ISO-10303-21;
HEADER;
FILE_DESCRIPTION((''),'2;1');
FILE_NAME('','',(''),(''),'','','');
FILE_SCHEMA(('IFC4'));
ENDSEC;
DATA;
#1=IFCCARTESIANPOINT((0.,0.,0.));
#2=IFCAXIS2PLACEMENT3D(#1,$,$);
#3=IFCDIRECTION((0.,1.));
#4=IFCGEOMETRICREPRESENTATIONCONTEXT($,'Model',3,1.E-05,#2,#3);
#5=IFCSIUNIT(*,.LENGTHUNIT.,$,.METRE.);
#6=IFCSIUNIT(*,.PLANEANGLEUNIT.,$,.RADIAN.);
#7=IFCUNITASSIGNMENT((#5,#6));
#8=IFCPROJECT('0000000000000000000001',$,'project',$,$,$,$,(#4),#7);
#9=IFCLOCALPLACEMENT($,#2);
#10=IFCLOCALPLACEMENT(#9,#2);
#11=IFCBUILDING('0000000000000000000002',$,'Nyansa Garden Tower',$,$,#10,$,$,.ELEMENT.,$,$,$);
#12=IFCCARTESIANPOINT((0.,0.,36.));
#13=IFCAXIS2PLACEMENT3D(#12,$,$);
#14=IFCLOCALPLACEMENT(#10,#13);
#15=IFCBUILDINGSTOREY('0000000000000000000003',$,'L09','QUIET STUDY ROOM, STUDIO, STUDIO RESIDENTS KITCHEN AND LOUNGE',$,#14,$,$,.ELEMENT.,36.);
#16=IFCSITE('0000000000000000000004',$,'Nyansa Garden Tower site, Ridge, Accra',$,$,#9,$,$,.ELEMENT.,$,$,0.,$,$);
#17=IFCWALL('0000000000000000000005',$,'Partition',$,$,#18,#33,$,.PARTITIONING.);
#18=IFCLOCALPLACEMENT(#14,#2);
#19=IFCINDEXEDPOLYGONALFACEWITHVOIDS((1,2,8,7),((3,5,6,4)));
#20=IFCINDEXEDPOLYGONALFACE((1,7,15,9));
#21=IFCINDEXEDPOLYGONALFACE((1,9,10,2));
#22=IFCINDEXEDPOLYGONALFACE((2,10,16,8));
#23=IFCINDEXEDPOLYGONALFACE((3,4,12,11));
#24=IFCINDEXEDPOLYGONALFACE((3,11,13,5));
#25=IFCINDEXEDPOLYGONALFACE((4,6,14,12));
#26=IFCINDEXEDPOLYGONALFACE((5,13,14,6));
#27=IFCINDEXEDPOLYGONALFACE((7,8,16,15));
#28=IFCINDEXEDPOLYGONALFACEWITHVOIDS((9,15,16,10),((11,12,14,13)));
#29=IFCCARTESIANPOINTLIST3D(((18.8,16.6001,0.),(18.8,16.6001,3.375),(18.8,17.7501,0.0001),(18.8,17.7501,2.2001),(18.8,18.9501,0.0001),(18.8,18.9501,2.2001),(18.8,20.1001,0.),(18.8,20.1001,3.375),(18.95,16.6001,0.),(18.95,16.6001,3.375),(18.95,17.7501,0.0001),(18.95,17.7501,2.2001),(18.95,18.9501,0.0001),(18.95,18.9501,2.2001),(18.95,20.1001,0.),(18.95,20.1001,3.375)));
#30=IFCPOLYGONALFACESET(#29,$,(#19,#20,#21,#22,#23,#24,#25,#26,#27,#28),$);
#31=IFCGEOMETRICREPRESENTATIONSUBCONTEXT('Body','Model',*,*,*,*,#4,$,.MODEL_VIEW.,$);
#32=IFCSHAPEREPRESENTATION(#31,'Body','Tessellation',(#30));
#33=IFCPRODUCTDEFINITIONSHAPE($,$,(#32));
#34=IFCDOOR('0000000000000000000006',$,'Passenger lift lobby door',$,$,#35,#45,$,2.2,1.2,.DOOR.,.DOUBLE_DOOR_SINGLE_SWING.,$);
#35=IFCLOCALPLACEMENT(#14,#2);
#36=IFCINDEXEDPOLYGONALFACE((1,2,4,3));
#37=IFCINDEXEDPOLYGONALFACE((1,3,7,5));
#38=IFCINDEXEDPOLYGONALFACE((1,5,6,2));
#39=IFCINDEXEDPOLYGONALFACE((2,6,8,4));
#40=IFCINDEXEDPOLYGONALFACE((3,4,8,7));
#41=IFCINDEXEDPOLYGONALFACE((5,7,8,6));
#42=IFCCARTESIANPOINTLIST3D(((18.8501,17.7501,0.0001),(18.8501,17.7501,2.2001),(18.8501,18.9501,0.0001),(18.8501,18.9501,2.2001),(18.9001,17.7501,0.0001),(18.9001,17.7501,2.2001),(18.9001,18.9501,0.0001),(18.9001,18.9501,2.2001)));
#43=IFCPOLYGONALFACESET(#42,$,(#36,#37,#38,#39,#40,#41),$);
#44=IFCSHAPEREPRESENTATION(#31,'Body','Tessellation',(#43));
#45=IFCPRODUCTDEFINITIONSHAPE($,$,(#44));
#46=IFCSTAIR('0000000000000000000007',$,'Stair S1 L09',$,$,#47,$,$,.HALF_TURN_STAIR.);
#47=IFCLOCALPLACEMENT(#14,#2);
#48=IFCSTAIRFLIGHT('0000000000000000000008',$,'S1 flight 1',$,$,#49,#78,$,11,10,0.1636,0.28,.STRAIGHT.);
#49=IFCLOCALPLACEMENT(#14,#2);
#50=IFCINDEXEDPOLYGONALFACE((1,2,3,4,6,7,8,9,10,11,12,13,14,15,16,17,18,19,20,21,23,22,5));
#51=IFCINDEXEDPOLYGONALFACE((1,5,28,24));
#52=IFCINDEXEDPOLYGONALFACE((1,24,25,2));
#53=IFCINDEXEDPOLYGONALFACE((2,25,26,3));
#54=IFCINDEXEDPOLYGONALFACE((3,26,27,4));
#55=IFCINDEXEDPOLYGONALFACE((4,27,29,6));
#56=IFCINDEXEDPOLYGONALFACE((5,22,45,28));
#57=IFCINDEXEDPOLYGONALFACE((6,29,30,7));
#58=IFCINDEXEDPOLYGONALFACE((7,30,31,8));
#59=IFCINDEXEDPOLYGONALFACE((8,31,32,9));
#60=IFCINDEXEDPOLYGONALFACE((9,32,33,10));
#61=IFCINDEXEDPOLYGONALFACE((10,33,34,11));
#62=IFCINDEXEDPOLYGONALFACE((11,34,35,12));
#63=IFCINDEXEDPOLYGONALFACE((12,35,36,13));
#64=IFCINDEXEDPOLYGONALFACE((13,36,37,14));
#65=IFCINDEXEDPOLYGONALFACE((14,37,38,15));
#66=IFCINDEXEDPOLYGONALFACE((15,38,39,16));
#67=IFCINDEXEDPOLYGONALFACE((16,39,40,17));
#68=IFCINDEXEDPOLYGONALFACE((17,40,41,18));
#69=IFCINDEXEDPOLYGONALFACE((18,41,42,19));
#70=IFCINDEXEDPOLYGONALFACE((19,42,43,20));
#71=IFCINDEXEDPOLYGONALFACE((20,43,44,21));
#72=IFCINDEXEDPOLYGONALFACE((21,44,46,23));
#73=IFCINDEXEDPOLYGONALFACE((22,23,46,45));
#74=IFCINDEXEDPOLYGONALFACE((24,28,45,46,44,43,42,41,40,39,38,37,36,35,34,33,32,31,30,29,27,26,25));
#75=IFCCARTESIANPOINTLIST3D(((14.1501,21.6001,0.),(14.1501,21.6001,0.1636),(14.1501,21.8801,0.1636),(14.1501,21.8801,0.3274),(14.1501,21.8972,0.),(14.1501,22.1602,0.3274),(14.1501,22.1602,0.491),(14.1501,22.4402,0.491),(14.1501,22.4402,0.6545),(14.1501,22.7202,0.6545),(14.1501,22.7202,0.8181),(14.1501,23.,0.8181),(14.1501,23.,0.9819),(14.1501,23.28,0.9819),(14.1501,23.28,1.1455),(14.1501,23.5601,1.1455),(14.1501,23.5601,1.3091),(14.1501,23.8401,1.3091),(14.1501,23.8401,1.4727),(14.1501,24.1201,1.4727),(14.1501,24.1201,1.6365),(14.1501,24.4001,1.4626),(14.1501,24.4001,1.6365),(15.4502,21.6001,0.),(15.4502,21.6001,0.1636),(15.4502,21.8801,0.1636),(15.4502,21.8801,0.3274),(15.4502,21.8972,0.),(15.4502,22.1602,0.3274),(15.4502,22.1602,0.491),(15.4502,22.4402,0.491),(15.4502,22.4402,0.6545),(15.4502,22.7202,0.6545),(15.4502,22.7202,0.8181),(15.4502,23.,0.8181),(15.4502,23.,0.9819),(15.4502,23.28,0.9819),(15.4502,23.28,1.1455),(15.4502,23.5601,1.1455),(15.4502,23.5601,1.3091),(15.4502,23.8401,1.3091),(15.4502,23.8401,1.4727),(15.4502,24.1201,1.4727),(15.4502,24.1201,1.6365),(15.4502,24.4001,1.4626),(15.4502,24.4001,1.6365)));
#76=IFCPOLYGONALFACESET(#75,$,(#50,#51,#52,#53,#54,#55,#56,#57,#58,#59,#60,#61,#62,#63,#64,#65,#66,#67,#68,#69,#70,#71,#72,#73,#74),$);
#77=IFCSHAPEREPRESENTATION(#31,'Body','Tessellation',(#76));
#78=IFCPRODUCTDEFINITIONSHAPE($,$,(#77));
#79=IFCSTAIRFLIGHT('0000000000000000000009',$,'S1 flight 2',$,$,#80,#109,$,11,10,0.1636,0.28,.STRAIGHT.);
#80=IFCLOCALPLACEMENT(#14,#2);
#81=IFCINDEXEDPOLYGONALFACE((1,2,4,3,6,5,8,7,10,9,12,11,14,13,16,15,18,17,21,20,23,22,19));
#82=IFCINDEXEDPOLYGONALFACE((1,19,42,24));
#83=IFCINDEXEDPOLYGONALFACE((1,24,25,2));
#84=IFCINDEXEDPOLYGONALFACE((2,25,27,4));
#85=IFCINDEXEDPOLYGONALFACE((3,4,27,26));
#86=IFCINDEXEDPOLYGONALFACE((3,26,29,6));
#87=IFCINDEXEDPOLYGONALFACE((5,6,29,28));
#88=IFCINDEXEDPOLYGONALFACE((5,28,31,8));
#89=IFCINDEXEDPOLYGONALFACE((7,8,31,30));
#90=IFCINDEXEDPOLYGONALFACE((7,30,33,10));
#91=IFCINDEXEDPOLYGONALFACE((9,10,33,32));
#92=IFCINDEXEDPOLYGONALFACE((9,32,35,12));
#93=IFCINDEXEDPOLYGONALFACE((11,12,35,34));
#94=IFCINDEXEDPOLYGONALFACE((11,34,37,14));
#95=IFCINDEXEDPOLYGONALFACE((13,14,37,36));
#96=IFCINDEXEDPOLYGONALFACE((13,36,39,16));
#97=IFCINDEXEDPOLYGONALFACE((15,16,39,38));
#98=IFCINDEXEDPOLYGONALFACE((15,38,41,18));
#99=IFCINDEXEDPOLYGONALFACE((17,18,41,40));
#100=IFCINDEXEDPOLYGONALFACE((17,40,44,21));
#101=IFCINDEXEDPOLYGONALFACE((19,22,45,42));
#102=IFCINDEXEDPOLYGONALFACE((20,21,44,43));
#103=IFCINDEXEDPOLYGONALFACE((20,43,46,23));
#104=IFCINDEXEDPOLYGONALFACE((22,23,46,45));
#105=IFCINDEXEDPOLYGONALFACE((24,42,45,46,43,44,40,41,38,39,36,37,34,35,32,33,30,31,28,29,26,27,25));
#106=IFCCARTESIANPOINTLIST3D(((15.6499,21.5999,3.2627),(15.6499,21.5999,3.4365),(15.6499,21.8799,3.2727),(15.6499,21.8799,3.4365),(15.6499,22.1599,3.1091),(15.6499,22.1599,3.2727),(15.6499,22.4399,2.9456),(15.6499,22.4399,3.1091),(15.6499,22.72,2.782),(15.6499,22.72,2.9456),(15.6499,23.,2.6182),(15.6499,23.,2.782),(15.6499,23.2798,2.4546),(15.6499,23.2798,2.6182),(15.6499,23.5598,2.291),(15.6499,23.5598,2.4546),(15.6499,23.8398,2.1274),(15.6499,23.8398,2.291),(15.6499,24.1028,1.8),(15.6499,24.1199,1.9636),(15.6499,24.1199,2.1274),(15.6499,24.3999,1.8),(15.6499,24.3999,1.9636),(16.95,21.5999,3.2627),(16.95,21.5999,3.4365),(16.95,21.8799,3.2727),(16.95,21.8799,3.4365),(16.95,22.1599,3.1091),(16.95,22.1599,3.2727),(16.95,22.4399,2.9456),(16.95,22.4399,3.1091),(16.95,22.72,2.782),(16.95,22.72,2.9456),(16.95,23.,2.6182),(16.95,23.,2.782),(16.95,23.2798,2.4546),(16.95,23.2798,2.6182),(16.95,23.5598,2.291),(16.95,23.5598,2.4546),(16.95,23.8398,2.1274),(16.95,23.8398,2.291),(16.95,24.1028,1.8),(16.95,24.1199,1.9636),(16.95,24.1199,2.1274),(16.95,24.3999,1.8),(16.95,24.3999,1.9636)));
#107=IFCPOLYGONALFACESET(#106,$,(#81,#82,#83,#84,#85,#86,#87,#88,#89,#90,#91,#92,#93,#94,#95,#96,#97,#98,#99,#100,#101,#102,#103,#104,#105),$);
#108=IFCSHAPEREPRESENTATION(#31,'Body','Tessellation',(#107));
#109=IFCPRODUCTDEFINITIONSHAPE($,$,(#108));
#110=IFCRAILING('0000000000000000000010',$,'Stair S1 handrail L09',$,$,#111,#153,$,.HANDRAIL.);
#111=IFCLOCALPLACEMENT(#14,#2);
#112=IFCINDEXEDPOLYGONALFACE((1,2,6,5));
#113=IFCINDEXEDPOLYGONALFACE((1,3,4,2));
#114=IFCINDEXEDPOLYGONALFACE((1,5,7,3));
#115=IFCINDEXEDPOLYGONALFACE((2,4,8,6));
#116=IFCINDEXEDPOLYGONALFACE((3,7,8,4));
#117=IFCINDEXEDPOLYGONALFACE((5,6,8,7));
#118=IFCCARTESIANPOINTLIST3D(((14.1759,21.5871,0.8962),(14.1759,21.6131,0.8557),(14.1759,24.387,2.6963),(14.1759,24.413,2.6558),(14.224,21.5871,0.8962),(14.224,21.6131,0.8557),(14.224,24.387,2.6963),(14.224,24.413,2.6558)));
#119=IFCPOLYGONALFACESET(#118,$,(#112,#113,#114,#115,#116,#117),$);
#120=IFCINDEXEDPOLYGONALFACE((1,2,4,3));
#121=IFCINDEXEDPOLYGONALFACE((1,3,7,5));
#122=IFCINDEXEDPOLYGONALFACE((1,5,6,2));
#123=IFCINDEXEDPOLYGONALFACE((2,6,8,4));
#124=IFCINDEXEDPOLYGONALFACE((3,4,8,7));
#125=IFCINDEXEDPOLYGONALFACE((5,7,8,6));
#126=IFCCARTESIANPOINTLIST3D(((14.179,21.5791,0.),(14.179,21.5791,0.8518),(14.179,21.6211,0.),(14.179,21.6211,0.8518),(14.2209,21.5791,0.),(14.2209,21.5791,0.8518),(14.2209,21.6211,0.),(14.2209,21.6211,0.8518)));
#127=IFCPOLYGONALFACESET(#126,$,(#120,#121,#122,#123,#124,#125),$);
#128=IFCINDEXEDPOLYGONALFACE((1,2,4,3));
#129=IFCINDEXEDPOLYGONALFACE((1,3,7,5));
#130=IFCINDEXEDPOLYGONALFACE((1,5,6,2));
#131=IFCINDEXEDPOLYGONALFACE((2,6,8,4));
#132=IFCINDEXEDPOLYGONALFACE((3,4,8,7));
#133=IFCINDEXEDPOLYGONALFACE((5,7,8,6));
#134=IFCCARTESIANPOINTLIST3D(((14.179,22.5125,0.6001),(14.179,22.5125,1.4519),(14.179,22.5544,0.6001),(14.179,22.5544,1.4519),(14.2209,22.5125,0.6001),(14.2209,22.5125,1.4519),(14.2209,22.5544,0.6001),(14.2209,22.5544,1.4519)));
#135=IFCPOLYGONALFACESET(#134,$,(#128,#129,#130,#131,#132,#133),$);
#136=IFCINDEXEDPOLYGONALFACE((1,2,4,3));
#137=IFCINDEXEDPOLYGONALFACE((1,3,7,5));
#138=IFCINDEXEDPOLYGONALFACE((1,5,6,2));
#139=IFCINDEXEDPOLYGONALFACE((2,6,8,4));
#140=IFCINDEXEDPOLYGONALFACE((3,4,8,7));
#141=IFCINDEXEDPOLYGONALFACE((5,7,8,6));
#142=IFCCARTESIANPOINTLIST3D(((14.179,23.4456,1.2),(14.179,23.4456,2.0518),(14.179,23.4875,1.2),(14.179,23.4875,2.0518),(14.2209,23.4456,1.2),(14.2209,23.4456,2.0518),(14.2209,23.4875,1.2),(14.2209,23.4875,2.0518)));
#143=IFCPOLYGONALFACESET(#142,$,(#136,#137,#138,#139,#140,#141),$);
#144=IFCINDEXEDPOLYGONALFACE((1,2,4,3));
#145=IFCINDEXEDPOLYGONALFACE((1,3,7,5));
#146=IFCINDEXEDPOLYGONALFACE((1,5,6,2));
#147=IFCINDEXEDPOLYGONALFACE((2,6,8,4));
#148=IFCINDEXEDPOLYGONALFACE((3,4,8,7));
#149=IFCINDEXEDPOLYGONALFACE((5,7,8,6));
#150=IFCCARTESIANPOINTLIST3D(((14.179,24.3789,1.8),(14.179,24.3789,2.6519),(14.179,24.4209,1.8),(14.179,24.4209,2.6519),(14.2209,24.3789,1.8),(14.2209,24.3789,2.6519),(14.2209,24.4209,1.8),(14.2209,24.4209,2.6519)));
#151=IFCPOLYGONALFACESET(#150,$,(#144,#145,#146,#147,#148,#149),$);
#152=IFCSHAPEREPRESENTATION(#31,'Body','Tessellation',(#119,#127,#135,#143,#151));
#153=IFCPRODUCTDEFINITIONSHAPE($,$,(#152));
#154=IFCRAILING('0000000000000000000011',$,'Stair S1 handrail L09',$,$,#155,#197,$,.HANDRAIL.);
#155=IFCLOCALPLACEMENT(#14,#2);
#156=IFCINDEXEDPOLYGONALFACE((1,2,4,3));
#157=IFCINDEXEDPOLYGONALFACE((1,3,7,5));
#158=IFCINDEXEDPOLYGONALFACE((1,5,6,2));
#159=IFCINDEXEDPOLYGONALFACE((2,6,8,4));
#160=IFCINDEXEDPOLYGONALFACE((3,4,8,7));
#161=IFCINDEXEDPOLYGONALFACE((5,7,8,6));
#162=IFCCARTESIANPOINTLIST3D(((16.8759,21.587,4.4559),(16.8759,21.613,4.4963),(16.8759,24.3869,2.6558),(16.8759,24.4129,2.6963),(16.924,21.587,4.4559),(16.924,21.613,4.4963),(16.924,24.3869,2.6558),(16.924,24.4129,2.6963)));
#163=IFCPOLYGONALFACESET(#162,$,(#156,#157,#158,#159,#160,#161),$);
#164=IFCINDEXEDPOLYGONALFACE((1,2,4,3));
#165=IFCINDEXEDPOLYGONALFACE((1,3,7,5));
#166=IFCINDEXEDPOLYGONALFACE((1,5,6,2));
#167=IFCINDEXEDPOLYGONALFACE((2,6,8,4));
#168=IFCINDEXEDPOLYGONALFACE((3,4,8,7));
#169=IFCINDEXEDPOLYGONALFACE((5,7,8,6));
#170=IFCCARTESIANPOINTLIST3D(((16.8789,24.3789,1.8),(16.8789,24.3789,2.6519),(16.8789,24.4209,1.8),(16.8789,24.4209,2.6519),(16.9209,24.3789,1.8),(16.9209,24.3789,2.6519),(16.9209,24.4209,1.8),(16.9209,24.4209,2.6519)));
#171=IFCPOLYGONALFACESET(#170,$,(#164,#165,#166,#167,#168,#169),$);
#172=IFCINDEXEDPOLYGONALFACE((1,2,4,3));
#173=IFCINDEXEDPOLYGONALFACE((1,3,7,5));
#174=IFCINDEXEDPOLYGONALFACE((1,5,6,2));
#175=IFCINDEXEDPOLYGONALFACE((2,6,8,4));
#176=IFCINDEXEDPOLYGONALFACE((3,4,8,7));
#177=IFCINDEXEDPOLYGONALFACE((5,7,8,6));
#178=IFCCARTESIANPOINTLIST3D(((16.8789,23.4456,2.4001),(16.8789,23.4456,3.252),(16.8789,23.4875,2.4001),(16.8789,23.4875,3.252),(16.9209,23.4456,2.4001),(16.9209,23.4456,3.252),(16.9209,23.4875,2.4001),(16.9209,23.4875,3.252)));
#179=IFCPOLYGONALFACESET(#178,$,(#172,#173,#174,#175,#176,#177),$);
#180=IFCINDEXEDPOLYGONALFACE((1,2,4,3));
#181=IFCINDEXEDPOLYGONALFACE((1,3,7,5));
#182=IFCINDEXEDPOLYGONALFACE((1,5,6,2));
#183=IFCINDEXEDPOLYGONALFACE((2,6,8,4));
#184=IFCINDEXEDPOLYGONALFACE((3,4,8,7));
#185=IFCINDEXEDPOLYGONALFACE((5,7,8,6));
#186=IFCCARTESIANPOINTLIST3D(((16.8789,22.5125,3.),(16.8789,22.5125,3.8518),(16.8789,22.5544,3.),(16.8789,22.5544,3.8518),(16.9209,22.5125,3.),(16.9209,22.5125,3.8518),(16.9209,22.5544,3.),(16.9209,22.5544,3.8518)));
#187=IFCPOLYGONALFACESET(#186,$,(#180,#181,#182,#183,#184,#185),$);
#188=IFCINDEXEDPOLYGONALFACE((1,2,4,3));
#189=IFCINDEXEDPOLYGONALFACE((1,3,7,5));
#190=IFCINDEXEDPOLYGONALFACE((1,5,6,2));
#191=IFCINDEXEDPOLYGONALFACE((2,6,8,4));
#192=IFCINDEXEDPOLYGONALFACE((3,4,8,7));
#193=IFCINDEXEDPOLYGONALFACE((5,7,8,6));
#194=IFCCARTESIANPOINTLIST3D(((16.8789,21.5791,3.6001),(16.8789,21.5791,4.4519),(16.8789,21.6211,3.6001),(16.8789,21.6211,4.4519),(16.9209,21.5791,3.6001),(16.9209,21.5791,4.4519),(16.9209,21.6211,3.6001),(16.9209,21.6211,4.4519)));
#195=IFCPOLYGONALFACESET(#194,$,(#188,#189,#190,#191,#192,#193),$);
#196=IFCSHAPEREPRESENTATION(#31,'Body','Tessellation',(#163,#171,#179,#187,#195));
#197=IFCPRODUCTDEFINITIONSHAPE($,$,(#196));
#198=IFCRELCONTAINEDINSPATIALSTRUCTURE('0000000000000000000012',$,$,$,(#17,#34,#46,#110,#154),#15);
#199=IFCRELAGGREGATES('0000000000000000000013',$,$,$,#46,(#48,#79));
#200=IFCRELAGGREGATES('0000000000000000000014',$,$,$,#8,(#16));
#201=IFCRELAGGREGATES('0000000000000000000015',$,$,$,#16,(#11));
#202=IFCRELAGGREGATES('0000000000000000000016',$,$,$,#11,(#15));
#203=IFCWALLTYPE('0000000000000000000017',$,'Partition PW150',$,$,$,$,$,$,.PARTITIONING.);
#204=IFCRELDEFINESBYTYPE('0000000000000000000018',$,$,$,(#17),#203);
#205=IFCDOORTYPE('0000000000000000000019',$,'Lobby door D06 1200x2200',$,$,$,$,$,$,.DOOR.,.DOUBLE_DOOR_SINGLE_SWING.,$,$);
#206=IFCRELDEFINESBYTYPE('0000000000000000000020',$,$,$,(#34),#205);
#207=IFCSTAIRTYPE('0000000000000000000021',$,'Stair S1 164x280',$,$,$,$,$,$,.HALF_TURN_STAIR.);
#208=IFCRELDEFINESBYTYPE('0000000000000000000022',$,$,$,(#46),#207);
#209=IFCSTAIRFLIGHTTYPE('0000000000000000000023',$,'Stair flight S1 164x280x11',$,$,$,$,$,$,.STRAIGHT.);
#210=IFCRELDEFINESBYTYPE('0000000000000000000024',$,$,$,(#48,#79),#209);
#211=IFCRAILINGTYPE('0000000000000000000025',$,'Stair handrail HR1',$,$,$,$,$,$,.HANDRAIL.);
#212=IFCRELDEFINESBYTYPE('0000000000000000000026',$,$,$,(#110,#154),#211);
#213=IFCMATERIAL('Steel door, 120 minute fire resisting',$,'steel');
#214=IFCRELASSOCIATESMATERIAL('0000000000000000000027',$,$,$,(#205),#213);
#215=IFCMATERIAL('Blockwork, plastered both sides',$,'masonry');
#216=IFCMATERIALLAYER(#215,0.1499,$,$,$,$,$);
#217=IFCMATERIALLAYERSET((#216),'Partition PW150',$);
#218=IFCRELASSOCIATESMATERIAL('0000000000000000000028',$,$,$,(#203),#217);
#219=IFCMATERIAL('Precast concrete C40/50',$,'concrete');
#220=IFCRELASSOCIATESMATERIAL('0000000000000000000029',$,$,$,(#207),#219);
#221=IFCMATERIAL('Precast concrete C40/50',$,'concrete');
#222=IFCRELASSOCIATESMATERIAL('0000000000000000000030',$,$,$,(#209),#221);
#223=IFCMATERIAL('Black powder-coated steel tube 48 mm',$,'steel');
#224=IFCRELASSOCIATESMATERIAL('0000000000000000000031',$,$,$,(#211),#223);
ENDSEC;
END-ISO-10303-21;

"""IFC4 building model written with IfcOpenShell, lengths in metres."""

from ifc_helpers import new_model, si_unit, direction, frame, frame_2d, origin, origin_2d, place, context, subcontext, project, spatial, polyline, rectangle, outline, extrude, material, layer, layer_set, type_object, element, fill, aggregate, save


model = new_model("IFC4")

# Units and contexts
model_context = context("Model", 3, precision=1e-05, world=origin(), true_north=direction((0.0, 1.0)))
body_context = subcontext(model_context, "Body", "Model", "MODEL_VIEW")
ifc_project = project(units=[si_unit("LENGTHUNIT", "METRE"), si_unit("PLANEANGLEUNIT", "RADIAN")], contexts=[model_context])

# Site, building, storey
site_placement = place(None, origin())
site = spatial("IfcSite", under=ifc_project, at=site_placement, Name="Nyansa Garden Tower site, Ridge, Accra", CompositionType="ELEMENT", RefElevation=0.0)
building_placement = place(site_placement, origin())
building = spatial("IfcBuilding", under=site, at=building_placement, Name="Nyansa Garden Tower", CompositionType="ELEMENT")
storey_placement = place(building_placement, frame((0.0, 0.0, 36.0)))
storey = spatial("IfcBuildingStorey", under=building, at=storey_placement, Name="L09", Description="QUIET STUDY ROOM, STUDIO, STUDIO RESIDENTS KITCHEN AND LOUNGE", CompositionType="ELEMENT", Elevation=36.0)

# Wall, opening, door
ifc_material_1 = material(Name="Steel door, 120 minute fire resisting", Category="steel")
door_type_1 = type_object("IfcDoorType", Name="Lobby door D06 1200x2200", OperationType="DOUBLE_DOOR_SINGLE_SWING", PredefinedType="DOOR", material=ifc_material_1)
ifc_material_2 = material(Name="Blockwork, plastered both sides", Category="masonry")
ifc_layer_1 = layer(ifc_material_2, 0.1499)
ifc_layer_set_1 = layer_set([ifc_layer_1], Name="Partition PW150")
wall_type_1 = type_object("IfcWallType", Name="Partition PW150", PredefinedType="PARTITIONING", material=ifc_layer_set_1)
wall_1_placement = place(storey_placement, frame((18.875, 16.6001, 0.0), z_axis=(0.0, 0.0, 1.0), x_axis=(0.0, 1.0, 0.0)))
wall_1 = element("IfcWall", 1, at=wall_1_placement, inside=storey, type_object=wall_type_1, Name="Partition", PredefinedType="PARTITIONING", context=body_context, shape_type="SweptSolid", body=[
    extrude(rectangle(XDim=3.5, YDim=0.1499, at=frame_2d((1.75, 0.0))), origin(), (0.0, 0.0, 1.0), 3.375),
])
opening_1_placement = place(wall_1_placement, frame((1.1499, 0.0, 0.0)))
opening_1 = element("IfcOpeningElement", 2, at=opening_1_placement, cuts=wall_1, PredefinedType="OPENING", context=body_context, shape_type="SweptSolid", body=[
    extrude(rectangle(XDim=1.2, YDim=2.2, at=frame_2d((0.6001, 1.1001))), frame((0.0, 0.085, 0.0), z_axis=(0.0, -1.0, 0.0), x_axis=(1.0, 0.0, 0.0)), (0.0, 0.0, 1.0), 0.1699),
])
door_1_placement = place(opening_1_placement, origin())
door_1 = element("IfcDoor", 3, at=door_1_placement, inside=storey, type_object=door_type_1, Name="Passenger lift lobby door", OperationType="DOUBLE_DOOR_SINGLE_SWING", OverallHeight=2.2, OverallWidth=1.2, PredefinedType="DOOR", context=body_context, shape_type="SweptSolid", body=[
    extrude(rectangle(XDim=1.2, YDim=2.2, at=frame_2d((0.6001, 1.1001))), frame((0.0, 0.0249, 0.0), z_axis=(0.0, -1.0, 0.0), x_axis=(1.0, 0.0, 0.0)), (0.0, 0.0, 1.0), 0.05),
])
fill(opening_1, door_1)

# Stair, stair flights
ifc_material_3 = material(Name="Precast concrete C40/50", Category="concrete")
stair_type = type_object("IfcStairType", Name="Stair S1 164x280", PredefinedType="HALF_TURN_STAIR", material=ifc_material_3)
stair_placement = place(storey_placement, origin())
stair = element("IfcStair", 4, at=stair_placement, inside=storey, type_object=stair_type, Name="Stair S1 L09", PredefinedType="HALF_TURN_STAIR")
ifc_material_4 = material(Name="Precast concrete C40/50", Category="concrete")
stair_flight_type = type_object("IfcStairFlightType", Name="Stair flight S1 164x280x11", PredefinedType="STRAIGHT", material=ifc_material_4)
stair_flight_1_placement = place(storey_placement, frame((14.8, 21.6001, 0.0), z_axis=(0.0, 0.0, 1.0), x_axis=(0.0, 1.0, 0.0)))
stair_flight_1 = element("IfcStairFlight", 5, at=stair_flight_1_placement, type_object=stair_flight_type, Name="S1 flight 1", NumberOfRisers=11, NumberOfTreads=10, PredefinedType="STRAIGHT", RiserHeight=0.1636, TreadLength=0.28, context=body_context, shape_type="SweptSolid", body=[
    extrude(outline(polyline([(0.0, 0.0), (0.0, 0.1636), (0.28, 0.1636), (0.28, 0.3274), (0.5601, 0.3274), (0.5601, 0.491), (0.8401, 0.491), (0.8401, 0.6545), (1.1201, 0.6545), (1.1201, 0.8181), (1.3999, 0.8181), (1.3999, 0.9819), (1.6799, 0.9819), (1.6799, 1.1455), (1.96, 1.1455), (1.96, 1.3091), (2.24, 1.3091), (2.24, 1.4727), (2.52, 1.4727), (2.52, 1.6365), (2.8, 1.6365), (2.8, 1.8), (2.8, 1.4626), (0.2971, 0.0), (0.0, 0.0)])), frame((0.0, 0.6499, 0.0), z_axis=(0.0, -1.0, 0.0), x_axis=(1.0, 0.0, 0.0)), (0.0, 0.0, 1.0), 1.3),
])
stair_flight_2_placement = place(storey_placement, frame((16.3, 24.3999, 1.8), z_axis=(0.0, 0.0, 1.0), x_axis=(0.0, -1.0, 0.0)))
stair_flight_2 = element("IfcStairFlight", 6, at=stair_flight_2_placement, type_object=stair_flight_type, Name="S1 flight 2", NumberOfRisers=11, NumberOfTreads=10, PredefinedType="STRAIGHT", RiserHeight=0.1636, TreadLength=0.28, context=body_context, shape_type="SweptSolid", body=[
    extrude(outline(polyline([(0.0, 0.0), (0.0, 0.1636), (0.28, 0.1636), (0.28, 0.3274), (0.5601, 0.3274), (0.5601, 0.491), (0.8401, 0.491), (0.8401, 0.6545), (1.1201, 0.6545), (1.1201, 0.8181), (1.3999, 0.8181), (1.3999, 0.9819), (1.6799, 0.9819), (1.6799, 1.1455), (1.96, 1.1455), (1.96, 1.3091), (2.24, 1.3091), (2.24, 1.4727), (2.52, 1.4727), (2.52, 1.6365), (2.8, 1.6365), (2.8, 1.8), (2.8, 1.4626), (0.2971, 0.0), (0.0, 0.0)])), frame((0.0, 0.6499, 0.0), z_axis=(0.0, -1.0, 0.0), x_axis=(1.0, 0.0, 0.0)), (0.0, 0.0, 1.0), 1.3),
])
aggregate(stair, [stair_flight_1, stair_flight_2])

# Railings
ifc_material_5 = material(Name="Black powder-coated steel tube 48 mm", Category="steel")
railing_type = type_object("IfcRailingType", Name="Stair handrail HR1", PredefinedType="HANDRAIL", material=ifc_material_5)
railing_1_placement = place(storey_placement, frame((14.2, 21.6001, 0.0)))
element("IfcRailing", 7, at=railing_1_placement, inside=storey, type_object=railing_type, Name="Stair S1 handrail L09", PredefinedType="HANDRAIL", context=body_context, shape_type="SweptSolid", body=[
    extrude(rectangle(XDim=0.0481, YDim=0.0481, at=origin_2d()), frame((0.0, 0.0, 0.876), z_axis=(0.0, 0.841155, 0.540795), x_axis=(-1.0, 0.0, 0.0)), (0.0, 0.0, 1.0), 3.3286),
    extrude(rectangle(XDim=0.042, YDim=0.042, at=origin_2d()), origin(), (0.0, 0.0, 1.0), 0.8518),
    extrude(rectangle(XDim=0.042, YDim=0.042, at=origin_2d()), frame((0.0, 0.9333, 0.6001)), (0.0, 0.0, 1.0), 0.8518),
    extrude(rectangle(XDim=0.042, YDim=0.042, at=origin_2d()), frame((0.0, 1.8665, 1.2)), (0.0, 0.0, 1.0), 0.8518),
    extrude(rectangle(XDim=0.042, YDim=0.042, at=origin_2d()), frame((0.0, 2.7998, 1.8)), (0.0, 0.0, 1.0), 0.8518),
])
railing_2_placement = place(storey_placement, frame((16.8999, 24.3999, 1.8)))
element("IfcRailing", 8, at=railing_2_placement, inside=storey, type_object=railing_type, Name="Stair S1 handrail L09", PredefinedType="HANDRAIL", context=body_context, shape_type="SweptSolid", body=[
    extrude(rectangle(XDim=0.0481, YDim=0.0481, at=origin_2d()), frame((0.0, 0.0, 0.876), z_axis=(0.0, -0.841155, 0.540795), x_axis=(1.0, 0.0, 0.0)), (0.0, 0.0, 1.0), 3.3286),
    extrude(rectangle(XDim=0.042, YDim=0.042, at=origin_2d()), origin(), (0.0, 0.0, 1.0), 0.8518),
    extrude(rectangle(XDim=0.042, YDim=0.042, at=origin_2d()), frame((0.0, -0.9333, 0.6001)), (0.0, 0.0, 1.0), 0.8518),
    extrude(rectangle(XDim=0.042, YDim=0.042, at=origin_2d()), frame((0.0, -1.8665, 1.2)), (0.0, 0.0, 1.0), 0.8518),
    extrude(rectangle(XDim=0.042, YDim=0.042, at=origin_2d()), frame((0.0, -2.7998, 1.8)), (0.0, 0.0, 1.0), 0.8518),
])

save(model, "model.ifc")
